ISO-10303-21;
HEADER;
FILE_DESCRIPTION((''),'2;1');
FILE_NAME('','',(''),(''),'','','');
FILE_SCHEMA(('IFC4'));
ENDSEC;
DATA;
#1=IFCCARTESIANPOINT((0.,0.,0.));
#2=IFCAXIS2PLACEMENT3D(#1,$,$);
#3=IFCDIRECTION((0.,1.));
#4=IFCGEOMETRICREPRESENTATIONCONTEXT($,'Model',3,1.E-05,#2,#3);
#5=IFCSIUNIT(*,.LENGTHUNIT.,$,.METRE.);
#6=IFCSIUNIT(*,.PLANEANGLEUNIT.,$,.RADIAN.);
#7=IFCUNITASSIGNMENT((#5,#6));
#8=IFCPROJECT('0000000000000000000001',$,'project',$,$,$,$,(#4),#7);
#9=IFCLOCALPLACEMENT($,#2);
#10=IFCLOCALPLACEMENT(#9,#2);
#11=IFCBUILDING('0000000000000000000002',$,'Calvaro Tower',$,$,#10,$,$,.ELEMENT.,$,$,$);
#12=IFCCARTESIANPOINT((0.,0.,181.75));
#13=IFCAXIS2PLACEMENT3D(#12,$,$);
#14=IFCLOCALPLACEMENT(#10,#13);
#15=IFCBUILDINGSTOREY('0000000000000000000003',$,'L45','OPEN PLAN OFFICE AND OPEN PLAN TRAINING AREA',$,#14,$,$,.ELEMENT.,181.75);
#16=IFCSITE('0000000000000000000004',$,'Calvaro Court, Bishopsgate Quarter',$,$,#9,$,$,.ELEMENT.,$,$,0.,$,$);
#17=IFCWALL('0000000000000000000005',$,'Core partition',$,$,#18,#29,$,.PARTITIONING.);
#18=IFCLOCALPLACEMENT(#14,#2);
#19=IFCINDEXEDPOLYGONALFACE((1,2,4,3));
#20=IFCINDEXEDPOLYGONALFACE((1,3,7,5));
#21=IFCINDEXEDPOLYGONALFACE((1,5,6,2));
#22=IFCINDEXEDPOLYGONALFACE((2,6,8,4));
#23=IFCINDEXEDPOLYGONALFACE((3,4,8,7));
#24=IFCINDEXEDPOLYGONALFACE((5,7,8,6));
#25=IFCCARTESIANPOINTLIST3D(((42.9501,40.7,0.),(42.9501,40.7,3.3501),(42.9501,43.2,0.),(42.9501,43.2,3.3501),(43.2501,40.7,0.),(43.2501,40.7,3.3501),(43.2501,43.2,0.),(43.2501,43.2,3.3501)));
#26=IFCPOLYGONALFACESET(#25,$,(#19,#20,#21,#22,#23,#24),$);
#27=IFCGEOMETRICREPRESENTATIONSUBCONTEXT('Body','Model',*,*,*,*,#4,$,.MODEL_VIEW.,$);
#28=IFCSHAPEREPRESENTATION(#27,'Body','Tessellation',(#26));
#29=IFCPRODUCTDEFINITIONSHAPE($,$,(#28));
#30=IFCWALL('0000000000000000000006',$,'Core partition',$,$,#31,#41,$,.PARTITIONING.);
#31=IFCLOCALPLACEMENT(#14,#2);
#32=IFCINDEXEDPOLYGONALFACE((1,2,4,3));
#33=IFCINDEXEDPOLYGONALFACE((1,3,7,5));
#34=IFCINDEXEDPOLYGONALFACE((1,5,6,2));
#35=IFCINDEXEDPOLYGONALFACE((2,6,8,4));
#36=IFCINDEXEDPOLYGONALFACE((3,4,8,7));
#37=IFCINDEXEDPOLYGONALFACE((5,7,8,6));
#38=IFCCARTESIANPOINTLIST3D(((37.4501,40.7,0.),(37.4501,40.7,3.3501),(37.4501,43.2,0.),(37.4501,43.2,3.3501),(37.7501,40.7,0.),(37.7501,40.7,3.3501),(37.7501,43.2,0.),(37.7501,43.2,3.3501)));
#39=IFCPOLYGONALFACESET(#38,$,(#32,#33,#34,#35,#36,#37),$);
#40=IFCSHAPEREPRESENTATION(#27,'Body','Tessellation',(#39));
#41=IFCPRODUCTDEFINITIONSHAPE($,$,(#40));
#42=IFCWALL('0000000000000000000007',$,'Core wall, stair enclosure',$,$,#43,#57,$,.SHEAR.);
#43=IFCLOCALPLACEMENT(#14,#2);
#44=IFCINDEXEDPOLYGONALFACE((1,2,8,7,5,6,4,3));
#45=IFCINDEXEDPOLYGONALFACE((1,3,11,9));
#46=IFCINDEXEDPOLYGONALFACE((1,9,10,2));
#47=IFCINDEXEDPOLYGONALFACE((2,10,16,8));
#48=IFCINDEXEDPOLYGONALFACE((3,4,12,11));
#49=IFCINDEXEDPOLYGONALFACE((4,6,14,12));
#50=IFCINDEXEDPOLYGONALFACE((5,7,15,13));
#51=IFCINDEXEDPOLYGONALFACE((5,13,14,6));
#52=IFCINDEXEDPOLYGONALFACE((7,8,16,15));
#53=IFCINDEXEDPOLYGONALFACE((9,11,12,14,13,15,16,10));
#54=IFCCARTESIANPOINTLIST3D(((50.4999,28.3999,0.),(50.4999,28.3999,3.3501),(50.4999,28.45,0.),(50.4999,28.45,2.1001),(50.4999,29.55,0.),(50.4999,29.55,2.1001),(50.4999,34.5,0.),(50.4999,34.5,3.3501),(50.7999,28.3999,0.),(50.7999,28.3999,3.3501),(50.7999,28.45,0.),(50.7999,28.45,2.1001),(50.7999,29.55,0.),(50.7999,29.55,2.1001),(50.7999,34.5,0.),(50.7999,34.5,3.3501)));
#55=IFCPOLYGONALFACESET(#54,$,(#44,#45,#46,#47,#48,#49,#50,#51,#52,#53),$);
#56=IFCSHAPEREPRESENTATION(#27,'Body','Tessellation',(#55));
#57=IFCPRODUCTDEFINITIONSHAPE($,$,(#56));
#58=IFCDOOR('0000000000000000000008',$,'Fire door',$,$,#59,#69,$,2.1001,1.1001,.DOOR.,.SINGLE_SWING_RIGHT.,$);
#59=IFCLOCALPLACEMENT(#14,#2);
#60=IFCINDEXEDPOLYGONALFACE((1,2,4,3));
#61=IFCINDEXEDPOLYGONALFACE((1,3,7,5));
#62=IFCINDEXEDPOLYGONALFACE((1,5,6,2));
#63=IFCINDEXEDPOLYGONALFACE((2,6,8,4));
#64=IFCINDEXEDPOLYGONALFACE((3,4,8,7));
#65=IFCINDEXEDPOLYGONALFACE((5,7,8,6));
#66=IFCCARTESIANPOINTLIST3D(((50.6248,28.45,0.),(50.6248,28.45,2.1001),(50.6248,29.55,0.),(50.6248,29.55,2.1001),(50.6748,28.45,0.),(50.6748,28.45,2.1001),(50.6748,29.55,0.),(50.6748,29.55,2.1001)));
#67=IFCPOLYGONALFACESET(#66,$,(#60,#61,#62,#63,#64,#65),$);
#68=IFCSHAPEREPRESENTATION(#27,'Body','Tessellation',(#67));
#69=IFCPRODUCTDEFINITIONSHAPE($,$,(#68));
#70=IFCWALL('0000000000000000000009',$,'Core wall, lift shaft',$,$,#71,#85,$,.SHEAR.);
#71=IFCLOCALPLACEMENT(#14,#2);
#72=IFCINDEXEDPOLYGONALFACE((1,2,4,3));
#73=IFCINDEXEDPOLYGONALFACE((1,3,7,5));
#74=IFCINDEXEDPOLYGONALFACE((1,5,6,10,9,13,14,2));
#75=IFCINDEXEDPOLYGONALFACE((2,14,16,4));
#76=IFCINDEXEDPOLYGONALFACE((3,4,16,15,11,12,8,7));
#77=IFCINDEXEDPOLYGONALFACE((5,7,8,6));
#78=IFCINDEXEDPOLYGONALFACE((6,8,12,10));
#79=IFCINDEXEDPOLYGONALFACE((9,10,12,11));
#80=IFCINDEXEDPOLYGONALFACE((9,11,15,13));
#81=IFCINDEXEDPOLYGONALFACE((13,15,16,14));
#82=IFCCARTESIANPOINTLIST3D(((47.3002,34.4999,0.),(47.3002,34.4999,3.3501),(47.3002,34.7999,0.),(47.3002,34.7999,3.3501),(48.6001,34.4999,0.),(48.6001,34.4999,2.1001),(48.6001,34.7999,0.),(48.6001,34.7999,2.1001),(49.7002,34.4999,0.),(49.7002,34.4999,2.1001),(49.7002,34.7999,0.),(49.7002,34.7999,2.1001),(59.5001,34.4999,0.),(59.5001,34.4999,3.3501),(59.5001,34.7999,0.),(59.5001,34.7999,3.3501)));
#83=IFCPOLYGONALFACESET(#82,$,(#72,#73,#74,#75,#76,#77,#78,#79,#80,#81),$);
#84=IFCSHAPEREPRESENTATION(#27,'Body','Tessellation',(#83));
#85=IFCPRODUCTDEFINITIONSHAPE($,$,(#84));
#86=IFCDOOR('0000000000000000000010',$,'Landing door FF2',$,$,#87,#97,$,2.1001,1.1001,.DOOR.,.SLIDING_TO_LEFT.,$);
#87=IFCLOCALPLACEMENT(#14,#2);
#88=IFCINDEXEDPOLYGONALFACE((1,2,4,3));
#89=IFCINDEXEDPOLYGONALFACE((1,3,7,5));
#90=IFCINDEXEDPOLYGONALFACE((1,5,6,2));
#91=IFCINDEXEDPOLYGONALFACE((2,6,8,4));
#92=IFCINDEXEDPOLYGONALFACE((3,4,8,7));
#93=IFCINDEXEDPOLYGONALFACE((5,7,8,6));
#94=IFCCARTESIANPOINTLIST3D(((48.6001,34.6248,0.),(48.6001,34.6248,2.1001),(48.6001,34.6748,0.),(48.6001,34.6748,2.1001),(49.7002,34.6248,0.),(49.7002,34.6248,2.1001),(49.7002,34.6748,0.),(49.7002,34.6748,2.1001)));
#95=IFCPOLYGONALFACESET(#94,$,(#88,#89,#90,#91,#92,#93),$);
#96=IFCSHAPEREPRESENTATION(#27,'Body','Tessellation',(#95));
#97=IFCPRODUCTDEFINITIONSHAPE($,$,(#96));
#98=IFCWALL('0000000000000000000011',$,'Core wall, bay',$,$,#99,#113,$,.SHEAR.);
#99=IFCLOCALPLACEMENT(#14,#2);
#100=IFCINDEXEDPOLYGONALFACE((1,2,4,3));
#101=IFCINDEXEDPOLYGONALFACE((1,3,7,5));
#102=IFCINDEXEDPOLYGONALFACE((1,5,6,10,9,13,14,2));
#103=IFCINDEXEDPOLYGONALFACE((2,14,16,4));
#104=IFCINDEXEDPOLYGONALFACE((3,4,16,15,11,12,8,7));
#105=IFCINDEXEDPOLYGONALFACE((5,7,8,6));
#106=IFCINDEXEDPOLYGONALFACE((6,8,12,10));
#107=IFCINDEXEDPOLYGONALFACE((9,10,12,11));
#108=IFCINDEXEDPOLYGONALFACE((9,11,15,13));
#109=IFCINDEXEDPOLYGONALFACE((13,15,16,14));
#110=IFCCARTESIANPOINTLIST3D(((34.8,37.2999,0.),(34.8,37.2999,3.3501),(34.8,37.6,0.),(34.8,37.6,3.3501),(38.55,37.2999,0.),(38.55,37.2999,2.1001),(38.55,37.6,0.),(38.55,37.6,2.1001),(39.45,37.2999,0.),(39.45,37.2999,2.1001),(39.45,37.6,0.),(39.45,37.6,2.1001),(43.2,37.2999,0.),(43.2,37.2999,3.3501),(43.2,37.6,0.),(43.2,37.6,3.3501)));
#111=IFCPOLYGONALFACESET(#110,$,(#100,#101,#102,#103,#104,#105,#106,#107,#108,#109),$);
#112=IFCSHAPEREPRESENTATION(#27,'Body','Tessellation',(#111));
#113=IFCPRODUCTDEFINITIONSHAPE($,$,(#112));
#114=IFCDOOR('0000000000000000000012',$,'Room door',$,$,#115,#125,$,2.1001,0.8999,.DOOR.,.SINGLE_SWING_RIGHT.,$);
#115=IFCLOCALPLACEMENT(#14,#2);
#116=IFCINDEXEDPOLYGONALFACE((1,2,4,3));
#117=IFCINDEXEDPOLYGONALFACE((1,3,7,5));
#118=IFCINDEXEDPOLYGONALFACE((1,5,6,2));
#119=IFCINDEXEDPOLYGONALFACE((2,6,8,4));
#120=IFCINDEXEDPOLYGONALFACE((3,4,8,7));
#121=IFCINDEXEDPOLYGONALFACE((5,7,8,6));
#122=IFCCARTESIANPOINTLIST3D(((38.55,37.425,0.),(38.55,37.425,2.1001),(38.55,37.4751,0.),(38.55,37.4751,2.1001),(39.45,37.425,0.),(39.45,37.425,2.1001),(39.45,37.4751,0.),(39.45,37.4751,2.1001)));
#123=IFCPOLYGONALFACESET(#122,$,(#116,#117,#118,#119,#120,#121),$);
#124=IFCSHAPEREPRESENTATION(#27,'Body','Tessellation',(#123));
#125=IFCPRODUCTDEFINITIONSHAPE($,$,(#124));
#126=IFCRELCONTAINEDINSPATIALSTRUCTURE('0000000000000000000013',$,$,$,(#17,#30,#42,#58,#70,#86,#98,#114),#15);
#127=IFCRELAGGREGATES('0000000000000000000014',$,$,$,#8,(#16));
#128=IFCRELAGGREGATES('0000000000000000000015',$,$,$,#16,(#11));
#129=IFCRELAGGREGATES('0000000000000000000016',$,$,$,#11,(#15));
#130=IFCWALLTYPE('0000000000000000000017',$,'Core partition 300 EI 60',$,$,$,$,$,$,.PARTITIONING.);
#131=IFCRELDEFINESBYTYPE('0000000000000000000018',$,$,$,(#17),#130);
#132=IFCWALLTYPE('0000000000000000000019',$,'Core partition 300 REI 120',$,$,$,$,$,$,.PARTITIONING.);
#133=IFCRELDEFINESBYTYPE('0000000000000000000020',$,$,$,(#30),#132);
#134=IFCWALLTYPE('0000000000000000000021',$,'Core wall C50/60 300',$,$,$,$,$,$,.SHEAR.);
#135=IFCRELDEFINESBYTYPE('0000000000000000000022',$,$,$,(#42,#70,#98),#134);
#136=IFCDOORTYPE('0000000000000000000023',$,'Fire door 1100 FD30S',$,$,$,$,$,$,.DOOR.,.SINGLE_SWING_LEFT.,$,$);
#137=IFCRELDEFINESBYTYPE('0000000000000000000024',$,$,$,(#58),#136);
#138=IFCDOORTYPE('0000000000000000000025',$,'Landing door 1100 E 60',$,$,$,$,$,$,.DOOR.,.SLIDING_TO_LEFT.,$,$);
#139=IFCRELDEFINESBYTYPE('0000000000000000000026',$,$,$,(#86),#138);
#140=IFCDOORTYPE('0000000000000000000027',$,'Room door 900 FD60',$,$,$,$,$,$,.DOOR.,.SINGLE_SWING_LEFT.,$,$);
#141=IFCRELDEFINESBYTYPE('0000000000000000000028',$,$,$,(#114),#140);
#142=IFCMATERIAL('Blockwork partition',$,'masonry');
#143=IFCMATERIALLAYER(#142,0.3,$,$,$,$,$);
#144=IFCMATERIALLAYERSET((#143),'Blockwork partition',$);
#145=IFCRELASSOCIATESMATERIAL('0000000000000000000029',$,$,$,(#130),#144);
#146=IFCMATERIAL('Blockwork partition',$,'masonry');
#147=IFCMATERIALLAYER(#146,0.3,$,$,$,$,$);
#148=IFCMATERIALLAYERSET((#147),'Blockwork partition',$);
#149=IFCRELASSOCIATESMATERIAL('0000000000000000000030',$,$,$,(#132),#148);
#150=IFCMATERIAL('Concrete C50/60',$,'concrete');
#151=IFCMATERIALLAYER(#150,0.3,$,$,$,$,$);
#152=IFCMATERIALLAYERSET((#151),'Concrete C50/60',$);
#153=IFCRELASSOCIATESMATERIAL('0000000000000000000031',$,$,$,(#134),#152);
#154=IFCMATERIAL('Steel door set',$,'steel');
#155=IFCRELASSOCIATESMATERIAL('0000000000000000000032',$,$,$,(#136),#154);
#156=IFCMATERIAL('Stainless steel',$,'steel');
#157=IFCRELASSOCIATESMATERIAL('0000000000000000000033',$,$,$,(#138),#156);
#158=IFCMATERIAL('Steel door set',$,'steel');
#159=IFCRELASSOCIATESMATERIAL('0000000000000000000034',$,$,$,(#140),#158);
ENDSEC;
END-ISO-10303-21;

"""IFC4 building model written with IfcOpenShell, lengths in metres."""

from ifc_helpers import new_model, si_unit, direction, frame, frame_2d, origin, place, context, subcontext, project, spatial, rectangle, extrude, material, layer, layer_set, type_object, element, fill, save


model = new_model("IFC4")

# Units and contexts
model_context = context("Model", 3, precision=1e-05, world=origin(), true_north=direction((0.0, 1.0)))
body_context = subcontext(model_context, "Body", "Model", "MODEL_VIEW")
ifc_project = project(units=[si_unit("LENGTHUNIT", "METRE"), si_unit("PLANEANGLEUNIT", "RADIAN")], contexts=[model_context])

# Site, building, storey
site_placement = place(None, origin())
site = spatial("IfcSite", under=ifc_project, at=site_placement, Name="Calvaro Court, Bishopsgate Quarter", CompositionType="ELEMENT", RefElevation=0.0)
building_placement = place(site_placement, origin())
building = spatial("IfcBuilding", under=site, at=building_placement, Name="Calvaro Tower", CompositionType="ELEMENT")
storey_placement = place(building_placement, frame((0.0, 0.0, 181.75)))
storey = spatial("IfcBuildingStorey", under=building, at=storey_placement, Name="L45", Description="OPEN PLAN OFFICE AND OPEN PLAN TRAINING AREA", CompositionType="ELEMENT", Elevation=181.75)

# Walls
ifc_material_1 = material(Name="Blockwork partition", Category="masonry")
ifc_layer_1 = layer(ifc_material_1, 0.3)
ifc_layer_set_1 = layer_set([ifc_layer_1], Name="Blockwork partition")
wall_type_1 = type_object("IfcWallType", Name="Core partition 300 EI 60", PredefinedType="PARTITIONING", material=ifc_layer_set_1)
wall_1_placement = place(storey_placement, frame((43.1001, 40.7, 0.0), z_axis=(0.0, 0.0, 1.0), x_axis=(0.0, 1.0, 0.0)))
element("IfcWall", 1, at=wall_1_placement, inside=storey, type_object=wall_type_1, Name="Core partition", PredefinedType="PARTITIONING", context=body_context, shape_type="SweptSolid", body=[
    extrude(rectangle(XDim=2.5, YDim=0.3, at=frame_2d((1.25, 0.0))), origin(), (0.0, 0.0, 1.0), 3.3501),
])
ifc_material_2 = material(Name="Blockwork partition", Category="masonry")
ifc_layer_2 = layer(ifc_material_2, 0.3)
ifc_layer_set_2 = layer_set([ifc_layer_2], Name="Blockwork partition")
wall_type_2 = type_object("IfcWallType", Name="Core partition 300 REI 120", PredefinedType="PARTITIONING", material=ifc_layer_set_2)
wall_2_placement = place(storey_placement, frame((37.6001, 40.7, 0.0), z_axis=(0.0, 0.0, 1.0), x_axis=(0.0, 1.0, 0.0)))
element("IfcWall", 2, at=wall_2_placement, inside=storey, type_object=wall_type_2, Name="Core partition", PredefinedType="PARTITIONING", context=body_context, shape_type="SweptSolid", body=[
    extrude(rectangle(XDim=2.5, YDim=0.3, at=frame_2d((1.25, 0.0))), origin(), (0.0, 0.0, 1.0), 3.3501),
])

# Walls, openings, doors
ifc_material_3 = material(Name="Concrete C50/60", Category="concrete")
ifc_layer_3 = layer(ifc_material_3, 0.3)
ifc_layer_set_3 = layer_set([ifc_layer_3], Name="Concrete C50/60")
wall_type_3 = type_object("IfcWallType", Name="Core wall C50/60 300", PredefinedType="SHEAR", material=ifc_layer_set_3)
wall_3_placement = place(storey_placement, frame((50.6499, 34.5, 0.0), z_axis=(0.0, 0.0, 1.0), x_axis=(0.0, -1.0, 0.0)))
wall_3 = element("IfcWall", 3, at=wall_3_placement, inside=storey, type_object=wall_type_3, Name="Core wall, stair enclosure", PredefinedType="SHEAR", context=body_context, shape_type="SweptSolid", body=[
    extrude(rectangle(XDim=6.1001, YDim=0.3, at=frame_2d((3.05, 0.0))), origin(), (0.0, 0.0, 1.0), 3.3501),
])
opening_1_placement = place(wall_3_placement, frame((4.95, 0.0, 0.0)))
opening_1 = element("IfcOpeningElement", 4, at=opening_1_placement, cuts=wall_3, PredefinedType="OPENING", context=body_context, shape_type="SweptSolid", body=[
    extrude(rectangle(XDim=1.1001, YDim=2.1001, at=frame_2d((0.55, 1.05))), frame((0.0, 0.1599, 0.0), z_axis=(0.0, -1.0, 0.0), x_axis=(1.0, 0.0, 0.0)), (0.0, 0.0, 1.0), 0.3201),
])
ifc_material_4 = material(Name="Steel door set", Category="steel")
door_type_1 = type_object("IfcDoorType", Name="Fire door 1100 FD30S", OperationType="SINGLE_SWING_LEFT", PredefinedType="DOOR", material=ifc_material_4)
door_1_placement = place(opening_1_placement, origin())
door_1 = element("IfcDoor", 5, at=door_1_placement, inside=storey, type_object=door_type_1, Name="Fire door", OperationType="SINGLE_SWING_RIGHT", OverallHeight=2.1001, OverallWidth=1.1001, PredefinedType="DOOR", context=body_context, shape_type="SweptSolid", body=[
    extrude(rectangle(XDim=1.1001, YDim=2.1001, at=frame_2d((0.55, 1.05))), frame((0.0, 0.0249, 0.0), z_axis=(0.0, -1.0, 0.0), x_axis=(1.0, 0.0, 0.0)), (0.0, 0.0, 1.0), 0.05),
])
fill(opening_1, door_1)
wall_4_placement = place(storey_placement, frame((47.3, 34.6499, 0.0), z_axis=(0.0, 0.0, 1.0), x_axis=(1.0, 0.0, 0.0)))
wall_4 = element("IfcWall", 6, at=wall_4_placement, inside=storey, type_object=wall_type_3, Name="Core wall, lift shaft", PredefinedType="SHEAR", context=body_context, shape_type="SweptSolid", body=[
    extrude(rectangle(XDim=12.2, YDim=0.3, at=frame_2d((6.1001, 0.0))), origin(), (0.0, 0.0, 1.0), 3.3501),
])
opening_2_placement = place(wall_4_placement, frame((1.3, 0.0, 0.0)))
opening_2 = element("IfcOpeningElement", 7, at=opening_2_placement, cuts=wall_4, PredefinedType="OPENING", context=body_context, shape_type="SweptSolid", body=[
    extrude(rectangle(XDim=1.1001, YDim=2.1001, at=frame_2d((0.55, 1.05))), frame((0.0, 0.1599, 0.0), z_axis=(0.0, -1.0, 0.0), x_axis=(1.0, 0.0, 0.0)), (0.0, 0.0, 1.0), 0.3201),
])
ifc_material_5 = material(Name="Stainless steel", Category="steel")
door_type_2 = type_object("IfcDoorType", Name="Landing door 1100 E 60", OperationType="SLIDING_TO_LEFT", PredefinedType="DOOR", material=ifc_material_5)
door_2_placement = place(opening_2_placement, origin())
door_2 = element("IfcDoor", 8, at=door_2_placement, inside=storey, type_object=door_type_2, Name="Landing door FF2", OperationType="SLIDING_TO_LEFT", OverallHeight=2.1001, OverallWidth=1.1001, PredefinedType="DOOR", context=body_context, shape_type="SweptSolid", body=[
    extrude(rectangle(XDim=1.1001, YDim=2.1001, at=frame_2d((0.55, 1.05))), frame((0.0, 0.0249, 0.0), z_axis=(0.0, -1.0, 0.0), x_axis=(1.0, 0.0, 0.0)), (0.0, 0.0, 1.0), 0.05),
])
fill(opening_2, door_2)
wall_5_placement = place(storey_placement, frame((43.2, 37.45, 0.0), z_axis=(0.0, 0.0, 1.0), x_axis=(-1.0, 0.0, 0.0)))
wall_5 = element("IfcWall", 9, at=wall_5_placement, inside=storey, type_object=wall_type_3, Name="Core wall, bay", PredefinedType="SHEAR", context=body_context, shape_type="SweptSolid", body=[
    extrude(rectangle(XDim=8.3999, YDim=0.3, at=frame_2d((4.2, 0.0))), origin(), (0.0, 0.0, 1.0), 3.3501),
])
opening_3_placement = place(wall_5_placement, frame((3.75, 0.0, 0.0)))
opening_3 = element("IfcOpeningElement", 10, at=opening_3_placement, cuts=wall_5, PredefinedType="OPENING", context=body_context, shape_type="SweptSolid", body=[
    extrude(rectangle(XDim=0.8999, YDim=2.1001, at=frame_2d((0.45, 1.05))), frame((0.0, 0.1599, 0.0), z_axis=(0.0, -1.0, 0.0), x_axis=(1.0, 0.0, 0.0)), (0.0, 0.0, 1.0), 0.3201),
])
ifc_material_6 = material(Name="Steel door set", Category="steel")
door_type_3 = type_object("IfcDoorType", Name="Room door 900 FD60", OperationType="SINGLE_SWING_LEFT", PredefinedType="DOOR", material=ifc_material_6)
door_3_placement = place(opening_3_placement, origin())
door_3 = element("IfcDoor", 11, at=door_3_placement, inside=storey, type_object=door_type_3, Name="Room door", OperationType="SINGLE_SWING_RIGHT", OverallHeight=2.1001, OverallWidth=0.8999, PredefinedType="DOOR", context=body_context, shape_type="SweptSolid", body=[
    extrude(rectangle(XDim=0.8999, YDim=2.1001, at=frame_2d((0.45, 1.05))), frame((0.0, 0.0249, 0.0), z_axis=(0.0, -1.0, 0.0), x_axis=(1.0, 0.0, 0.0)), (0.0, 0.0, 1.0), 0.05),
])
fill(opening_3, door_3)

save(model, "model.ifc")
